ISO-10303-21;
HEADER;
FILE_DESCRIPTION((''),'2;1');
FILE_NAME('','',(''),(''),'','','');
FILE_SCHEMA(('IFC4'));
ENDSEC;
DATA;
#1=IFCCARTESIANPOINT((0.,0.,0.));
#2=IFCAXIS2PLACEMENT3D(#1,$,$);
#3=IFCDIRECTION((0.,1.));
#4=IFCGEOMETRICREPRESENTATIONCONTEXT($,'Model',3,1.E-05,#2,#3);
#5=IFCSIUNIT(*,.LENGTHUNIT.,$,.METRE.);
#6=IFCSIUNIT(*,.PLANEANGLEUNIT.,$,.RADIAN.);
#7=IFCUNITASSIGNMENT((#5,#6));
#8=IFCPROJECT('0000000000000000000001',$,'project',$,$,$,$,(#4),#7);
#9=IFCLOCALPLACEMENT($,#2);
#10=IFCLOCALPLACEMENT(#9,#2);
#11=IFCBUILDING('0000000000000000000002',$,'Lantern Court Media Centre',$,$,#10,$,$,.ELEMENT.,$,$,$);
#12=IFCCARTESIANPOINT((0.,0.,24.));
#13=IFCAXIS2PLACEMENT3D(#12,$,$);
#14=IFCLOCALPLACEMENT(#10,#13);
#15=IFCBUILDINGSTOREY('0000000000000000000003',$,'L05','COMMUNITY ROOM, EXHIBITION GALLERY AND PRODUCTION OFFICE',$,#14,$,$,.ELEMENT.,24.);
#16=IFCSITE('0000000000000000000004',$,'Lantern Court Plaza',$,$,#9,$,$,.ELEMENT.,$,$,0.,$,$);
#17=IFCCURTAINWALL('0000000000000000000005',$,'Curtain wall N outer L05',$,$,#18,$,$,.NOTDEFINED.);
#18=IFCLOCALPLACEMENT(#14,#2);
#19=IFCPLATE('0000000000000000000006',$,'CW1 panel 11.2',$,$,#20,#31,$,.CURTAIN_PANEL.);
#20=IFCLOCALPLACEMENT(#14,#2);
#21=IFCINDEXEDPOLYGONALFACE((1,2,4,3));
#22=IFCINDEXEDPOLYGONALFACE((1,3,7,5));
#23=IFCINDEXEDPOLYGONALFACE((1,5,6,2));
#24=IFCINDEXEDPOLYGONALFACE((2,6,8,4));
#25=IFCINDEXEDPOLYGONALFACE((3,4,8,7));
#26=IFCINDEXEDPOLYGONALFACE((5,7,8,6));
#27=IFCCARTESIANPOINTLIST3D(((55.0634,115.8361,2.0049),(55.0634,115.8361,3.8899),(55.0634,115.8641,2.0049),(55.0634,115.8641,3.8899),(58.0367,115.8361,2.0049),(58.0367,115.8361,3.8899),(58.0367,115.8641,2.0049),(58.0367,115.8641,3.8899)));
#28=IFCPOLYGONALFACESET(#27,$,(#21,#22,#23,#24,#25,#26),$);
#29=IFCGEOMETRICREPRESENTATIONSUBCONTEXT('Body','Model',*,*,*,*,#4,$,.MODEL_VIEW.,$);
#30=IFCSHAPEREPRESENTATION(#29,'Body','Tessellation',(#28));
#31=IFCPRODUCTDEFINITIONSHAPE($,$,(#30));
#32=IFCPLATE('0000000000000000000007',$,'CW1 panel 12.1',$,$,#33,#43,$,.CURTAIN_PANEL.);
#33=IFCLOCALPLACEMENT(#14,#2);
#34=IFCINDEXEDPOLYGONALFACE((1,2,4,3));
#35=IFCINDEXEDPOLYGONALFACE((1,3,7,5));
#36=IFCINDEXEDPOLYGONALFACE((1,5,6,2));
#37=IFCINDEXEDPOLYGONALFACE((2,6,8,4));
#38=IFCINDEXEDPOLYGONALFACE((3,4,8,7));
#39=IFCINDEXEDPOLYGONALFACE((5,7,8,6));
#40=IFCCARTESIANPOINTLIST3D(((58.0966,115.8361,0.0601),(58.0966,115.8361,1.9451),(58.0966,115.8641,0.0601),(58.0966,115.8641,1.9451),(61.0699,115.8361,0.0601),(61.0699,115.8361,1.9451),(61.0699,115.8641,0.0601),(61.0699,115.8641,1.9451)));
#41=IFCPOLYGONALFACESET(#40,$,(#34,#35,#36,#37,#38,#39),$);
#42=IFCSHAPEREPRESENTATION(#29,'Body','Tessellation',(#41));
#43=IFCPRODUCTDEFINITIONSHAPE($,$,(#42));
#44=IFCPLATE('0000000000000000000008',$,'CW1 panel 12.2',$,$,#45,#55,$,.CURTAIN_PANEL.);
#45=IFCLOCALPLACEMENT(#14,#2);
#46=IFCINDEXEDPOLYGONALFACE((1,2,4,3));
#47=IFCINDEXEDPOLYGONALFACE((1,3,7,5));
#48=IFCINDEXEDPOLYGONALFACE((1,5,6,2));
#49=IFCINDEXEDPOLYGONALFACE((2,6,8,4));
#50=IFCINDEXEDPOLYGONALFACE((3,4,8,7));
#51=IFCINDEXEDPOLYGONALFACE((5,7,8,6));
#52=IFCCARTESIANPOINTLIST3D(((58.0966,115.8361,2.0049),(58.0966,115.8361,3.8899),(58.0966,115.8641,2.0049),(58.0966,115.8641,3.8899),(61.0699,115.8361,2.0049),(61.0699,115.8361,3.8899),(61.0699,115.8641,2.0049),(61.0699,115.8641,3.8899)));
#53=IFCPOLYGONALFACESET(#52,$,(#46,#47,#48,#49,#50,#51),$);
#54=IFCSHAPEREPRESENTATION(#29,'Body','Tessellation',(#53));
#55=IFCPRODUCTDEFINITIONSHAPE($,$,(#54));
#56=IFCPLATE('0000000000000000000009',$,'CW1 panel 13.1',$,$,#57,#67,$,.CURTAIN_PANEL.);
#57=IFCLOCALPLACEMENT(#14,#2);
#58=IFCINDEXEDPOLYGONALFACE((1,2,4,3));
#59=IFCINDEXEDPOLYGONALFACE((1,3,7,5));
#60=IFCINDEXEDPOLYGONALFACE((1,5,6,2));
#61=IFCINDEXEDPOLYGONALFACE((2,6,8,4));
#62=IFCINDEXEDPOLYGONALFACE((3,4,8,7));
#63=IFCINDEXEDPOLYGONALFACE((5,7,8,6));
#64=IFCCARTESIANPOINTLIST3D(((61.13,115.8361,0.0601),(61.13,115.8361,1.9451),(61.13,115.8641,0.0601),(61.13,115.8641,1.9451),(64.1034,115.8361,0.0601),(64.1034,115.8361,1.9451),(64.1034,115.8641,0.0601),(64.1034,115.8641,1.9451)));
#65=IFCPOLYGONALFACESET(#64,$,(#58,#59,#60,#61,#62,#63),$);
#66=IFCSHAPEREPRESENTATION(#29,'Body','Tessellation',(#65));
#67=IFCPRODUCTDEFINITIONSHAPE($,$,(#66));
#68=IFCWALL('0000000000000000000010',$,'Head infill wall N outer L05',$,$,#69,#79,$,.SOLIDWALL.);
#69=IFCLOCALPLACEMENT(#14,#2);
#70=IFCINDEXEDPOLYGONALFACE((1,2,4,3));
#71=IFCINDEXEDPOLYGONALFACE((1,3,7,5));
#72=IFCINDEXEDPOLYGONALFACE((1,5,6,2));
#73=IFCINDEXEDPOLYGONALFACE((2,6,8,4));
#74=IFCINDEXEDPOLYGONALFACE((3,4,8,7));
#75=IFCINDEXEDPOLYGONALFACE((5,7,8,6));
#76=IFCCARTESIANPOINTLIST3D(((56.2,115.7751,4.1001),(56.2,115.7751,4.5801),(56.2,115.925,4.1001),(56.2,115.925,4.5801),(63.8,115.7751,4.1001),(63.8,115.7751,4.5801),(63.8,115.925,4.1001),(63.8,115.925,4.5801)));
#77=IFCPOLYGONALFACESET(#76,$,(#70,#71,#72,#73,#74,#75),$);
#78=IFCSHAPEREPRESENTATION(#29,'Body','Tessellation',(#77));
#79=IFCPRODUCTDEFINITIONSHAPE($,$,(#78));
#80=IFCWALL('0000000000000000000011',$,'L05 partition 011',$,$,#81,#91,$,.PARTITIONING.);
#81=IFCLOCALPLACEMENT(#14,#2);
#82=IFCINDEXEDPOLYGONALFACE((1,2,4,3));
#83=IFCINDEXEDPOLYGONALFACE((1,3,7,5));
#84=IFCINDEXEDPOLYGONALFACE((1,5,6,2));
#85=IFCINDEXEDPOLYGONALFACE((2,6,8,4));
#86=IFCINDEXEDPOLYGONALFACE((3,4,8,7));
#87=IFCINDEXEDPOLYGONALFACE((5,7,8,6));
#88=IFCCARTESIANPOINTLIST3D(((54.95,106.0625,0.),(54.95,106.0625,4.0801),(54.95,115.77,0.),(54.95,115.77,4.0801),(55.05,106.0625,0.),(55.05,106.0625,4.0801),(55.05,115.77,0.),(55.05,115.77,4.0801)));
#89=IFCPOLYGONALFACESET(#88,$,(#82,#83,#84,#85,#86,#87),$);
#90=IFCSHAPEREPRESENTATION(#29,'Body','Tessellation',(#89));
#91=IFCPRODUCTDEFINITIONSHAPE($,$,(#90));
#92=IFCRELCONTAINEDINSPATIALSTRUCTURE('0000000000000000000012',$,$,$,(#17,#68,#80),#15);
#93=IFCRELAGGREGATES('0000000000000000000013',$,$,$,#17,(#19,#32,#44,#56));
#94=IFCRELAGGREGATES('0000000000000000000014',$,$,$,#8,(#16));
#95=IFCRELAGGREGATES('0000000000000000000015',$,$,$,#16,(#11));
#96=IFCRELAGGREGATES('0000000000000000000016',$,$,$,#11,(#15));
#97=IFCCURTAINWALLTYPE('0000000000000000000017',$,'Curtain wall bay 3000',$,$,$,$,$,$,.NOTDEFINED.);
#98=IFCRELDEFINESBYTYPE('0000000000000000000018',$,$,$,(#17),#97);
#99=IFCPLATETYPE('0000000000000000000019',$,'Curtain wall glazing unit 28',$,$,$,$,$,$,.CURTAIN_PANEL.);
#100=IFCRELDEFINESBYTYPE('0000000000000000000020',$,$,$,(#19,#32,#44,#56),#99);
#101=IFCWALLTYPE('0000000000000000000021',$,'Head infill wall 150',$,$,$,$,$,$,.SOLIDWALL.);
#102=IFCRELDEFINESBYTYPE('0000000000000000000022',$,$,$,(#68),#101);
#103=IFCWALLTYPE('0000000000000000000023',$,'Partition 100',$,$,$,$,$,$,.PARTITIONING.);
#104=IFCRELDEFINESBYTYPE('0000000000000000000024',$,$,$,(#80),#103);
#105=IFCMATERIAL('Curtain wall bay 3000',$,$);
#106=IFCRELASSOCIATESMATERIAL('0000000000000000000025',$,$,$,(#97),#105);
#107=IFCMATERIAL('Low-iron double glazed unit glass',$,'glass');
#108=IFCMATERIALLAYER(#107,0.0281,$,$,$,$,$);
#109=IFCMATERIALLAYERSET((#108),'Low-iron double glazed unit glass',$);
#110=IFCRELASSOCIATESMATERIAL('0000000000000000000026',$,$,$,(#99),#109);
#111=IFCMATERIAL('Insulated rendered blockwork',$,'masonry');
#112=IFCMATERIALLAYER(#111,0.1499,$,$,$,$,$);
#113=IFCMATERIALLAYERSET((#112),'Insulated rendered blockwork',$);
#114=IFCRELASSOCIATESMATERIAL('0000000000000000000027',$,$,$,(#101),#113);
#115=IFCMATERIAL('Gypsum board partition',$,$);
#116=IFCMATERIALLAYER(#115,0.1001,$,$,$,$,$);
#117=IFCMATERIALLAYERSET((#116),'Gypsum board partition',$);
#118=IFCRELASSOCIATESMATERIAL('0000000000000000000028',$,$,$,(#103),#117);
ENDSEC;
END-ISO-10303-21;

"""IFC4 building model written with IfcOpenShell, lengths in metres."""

from ifc_helpers import new_model, si_unit, direction, frame, frame_2d, origin, origin_2d, place, context, subcontext, project, spatial, rectangle, extrude, material, layer, layer_set, type_object, element, aggregate, save


model = new_model("IFC4")

# Units and contexts
model_context = context("Model", 3, precision=1e-05, world=origin(), true_north=direction((0.0, 1.0)))
body_context = subcontext(model_context, "Body", "Model", "MODEL_VIEW")
ifc_project = project(units=[si_unit("LENGTHUNIT", "METRE"), si_unit("PLANEANGLEUNIT", "RADIAN")], contexts=[model_context])

# Site, building, storey
site_placement = place(None, origin())
site = spatial("IfcSite", under=ifc_project, at=site_placement, Name="Lantern Court Plaza", CompositionType="ELEMENT", RefElevation=0.0)
building_placement = place(site_placement, origin())
building = spatial("IfcBuilding", under=site, at=building_placement, Name="Lantern Court Media Centre", CompositionType="ELEMENT")
storey_placement = place(building_placement, frame((0.0, 0.0, 24.0)))
storey = spatial("IfcBuildingStorey", under=building, at=storey_placement, Name="L05", Description="COMMUNITY ROOM, EXHIBITION GALLERY AND PRODUCTION OFFICE", CompositionType="ELEMENT", Elevation=24.0)

# Curtain wall
ifc_material_1 = material(Name="Curtain wall bay 3000")
curtain_wall_type = type_object("IfcCurtainWallType", Name="Curtain wall bay 3000", PredefinedType="NOTDEFINED", material=ifc_material_1)
curtain_wall_placement = place(storey_placement, origin())
curtain_wall = element("IfcCurtainWall", 1, at=curtain_wall_placement, inside=storey, type_object=curtain_wall_type, Name="Curtain wall N outer L05", PredefinedType="NOTDEFINED")

# Plates
ifc_material_2 = material(Name="Low-iron double glazed unit glass", Category="glass")
ifc_layer_1 = layer(ifc_material_2, 0.0281)
ifc_layer_set_1 = layer_set([ifc_layer_1], Name="Low-iron double glazed unit glass")
plate_type = type_object("IfcPlateType", Name="Curtain wall glazing unit 28", PredefinedType="CURTAIN_PANEL", material=ifc_layer_set_1)
plate_1_placement = place(storey_placement, frame((56.55, 115.8501, 2.0049), z_axis=(0.0, 0.0, 1.0), x_axis=(1.0, 0.0, 0.0)))
plate_1 = element("IfcPlate", 2, at=plate_1_placement, type_object=plate_type, Name="CW1 panel 11.2", PredefinedType="CURTAIN_PANEL", context=body_context, shape_type="SweptSolid", body=[
    extrude(rectangle(XDim=2.9734, YDim=0.0281, at=origin_2d()), origin(), (0.0, 0.0, 1.0), 1.885),
])
plate_2_placement = place(storey_placement, frame((59.5833, 115.8501, 0.0601), z_axis=(0.0, 0.0, 1.0), x_axis=(1.0, 0.0, 0.0)))
plate_2 = element("IfcPlate", 3, at=plate_2_placement, type_object=plate_type, Name="CW1 panel 12.1", PredefinedType="CURTAIN_PANEL", context=body_context, shape_type="SweptSolid", body=[
    extrude(rectangle(XDim=2.9734, YDim=0.0281, at=origin_2d()), origin(), (0.0, 0.0, 1.0), 1.885),
])
plate_3_placement = place(storey_placement, frame((59.5833, 115.8501, 2.0049), z_axis=(0.0, 0.0, 1.0), x_axis=(1.0, 0.0, 0.0)))
plate_3 = element("IfcPlate", 4, at=plate_3_placement, type_object=plate_type, Name="CW1 panel 12.2", PredefinedType="CURTAIN_PANEL", context=body_context, shape_type="SweptSolid", body=[
    extrude(rectangle(XDim=2.9734, YDim=0.0281, at=origin_2d()), origin(), (0.0, 0.0, 1.0), 1.885),
])
plate_4_placement = place(storey_placement, frame((62.6167, 115.8501, 0.0601), z_axis=(0.0, 0.0, 1.0), x_axis=(1.0, 0.0, 0.0)))
plate_4 = element("IfcPlate", 5, at=plate_4_placement, type_object=plate_type, Name="CW1 panel 13.1", PredefinedType="CURTAIN_PANEL", context=body_context, shape_type="SweptSolid", body=[
    extrude(rectangle(XDim=2.9734, YDim=0.0281, at=origin_2d()), origin(), (0.0, 0.0, 1.0), 1.885),
])
aggregate(curtain_wall, [plate_1, plate_2, plate_3, plate_4])

# Walls
ifc_material_3 = material(Name="Insulated rendered blockwork", Category="masonry")
ifc_layer_2 = layer(ifc_material_3, 0.1499)
ifc_layer_set_2 = layer_set([ifc_layer_2], Name="Insulated rendered blockwork")
wall_type_1 = type_object("IfcWallType", Name="Head infill wall 150", PredefinedType="SOLIDWALL", material=ifc_layer_set_2)
wall_1_placement = place(storey_placement, frame((56.2, 115.8501, 4.1001), z_axis=(0.0, 0.0, 1.0), x_axis=(1.0, 0.0, 0.0)))
element("IfcWall", 6, at=wall_1_placement, inside=storey, type_object=wall_type_1, Name="Head infill wall N outer L05", PredefinedType="SOLIDWALL", context=body_context, shape_type="SweptSolid", body=[
    extrude(rectangle(XDim=7.6001, YDim=0.1499, at=frame_2d((3.8, 0.0))), origin(), (0.0, 0.0, 1.0), 0.48),
])
ifc_material_4 = material(Name="Gypsum board partition")
ifc_layer_3 = layer(ifc_material_4, 0.1001)
ifc_layer_set_3 = layer_set([ifc_layer_3], Name="Gypsum board partition")
wall_type_2 = type_object("IfcWallType", Name="Partition 100", PredefinedType="PARTITIONING", material=ifc_layer_set_3)
wall_2_placement = place(storey_placement, frame((55.0, 106.0625, 0.0), z_axis=(0.0, 0.0, 1.0), x_axis=(0.0, 1.0, 0.0)))
element("IfcWall", 7, at=wall_2_placement, inside=storey, type_object=wall_type_2, Name="L05 partition 011", PredefinedType="PARTITIONING", context=body_context, shape_type="SweptSolid", body=[
    extrude(rectangle(XDim=9.7075, YDim=0.1001, at=frame_2d((4.8538, 0.0))), origin(), (0.0, 0.0, 1.0), 4.0801),
])

save(model, "model.ifc")
